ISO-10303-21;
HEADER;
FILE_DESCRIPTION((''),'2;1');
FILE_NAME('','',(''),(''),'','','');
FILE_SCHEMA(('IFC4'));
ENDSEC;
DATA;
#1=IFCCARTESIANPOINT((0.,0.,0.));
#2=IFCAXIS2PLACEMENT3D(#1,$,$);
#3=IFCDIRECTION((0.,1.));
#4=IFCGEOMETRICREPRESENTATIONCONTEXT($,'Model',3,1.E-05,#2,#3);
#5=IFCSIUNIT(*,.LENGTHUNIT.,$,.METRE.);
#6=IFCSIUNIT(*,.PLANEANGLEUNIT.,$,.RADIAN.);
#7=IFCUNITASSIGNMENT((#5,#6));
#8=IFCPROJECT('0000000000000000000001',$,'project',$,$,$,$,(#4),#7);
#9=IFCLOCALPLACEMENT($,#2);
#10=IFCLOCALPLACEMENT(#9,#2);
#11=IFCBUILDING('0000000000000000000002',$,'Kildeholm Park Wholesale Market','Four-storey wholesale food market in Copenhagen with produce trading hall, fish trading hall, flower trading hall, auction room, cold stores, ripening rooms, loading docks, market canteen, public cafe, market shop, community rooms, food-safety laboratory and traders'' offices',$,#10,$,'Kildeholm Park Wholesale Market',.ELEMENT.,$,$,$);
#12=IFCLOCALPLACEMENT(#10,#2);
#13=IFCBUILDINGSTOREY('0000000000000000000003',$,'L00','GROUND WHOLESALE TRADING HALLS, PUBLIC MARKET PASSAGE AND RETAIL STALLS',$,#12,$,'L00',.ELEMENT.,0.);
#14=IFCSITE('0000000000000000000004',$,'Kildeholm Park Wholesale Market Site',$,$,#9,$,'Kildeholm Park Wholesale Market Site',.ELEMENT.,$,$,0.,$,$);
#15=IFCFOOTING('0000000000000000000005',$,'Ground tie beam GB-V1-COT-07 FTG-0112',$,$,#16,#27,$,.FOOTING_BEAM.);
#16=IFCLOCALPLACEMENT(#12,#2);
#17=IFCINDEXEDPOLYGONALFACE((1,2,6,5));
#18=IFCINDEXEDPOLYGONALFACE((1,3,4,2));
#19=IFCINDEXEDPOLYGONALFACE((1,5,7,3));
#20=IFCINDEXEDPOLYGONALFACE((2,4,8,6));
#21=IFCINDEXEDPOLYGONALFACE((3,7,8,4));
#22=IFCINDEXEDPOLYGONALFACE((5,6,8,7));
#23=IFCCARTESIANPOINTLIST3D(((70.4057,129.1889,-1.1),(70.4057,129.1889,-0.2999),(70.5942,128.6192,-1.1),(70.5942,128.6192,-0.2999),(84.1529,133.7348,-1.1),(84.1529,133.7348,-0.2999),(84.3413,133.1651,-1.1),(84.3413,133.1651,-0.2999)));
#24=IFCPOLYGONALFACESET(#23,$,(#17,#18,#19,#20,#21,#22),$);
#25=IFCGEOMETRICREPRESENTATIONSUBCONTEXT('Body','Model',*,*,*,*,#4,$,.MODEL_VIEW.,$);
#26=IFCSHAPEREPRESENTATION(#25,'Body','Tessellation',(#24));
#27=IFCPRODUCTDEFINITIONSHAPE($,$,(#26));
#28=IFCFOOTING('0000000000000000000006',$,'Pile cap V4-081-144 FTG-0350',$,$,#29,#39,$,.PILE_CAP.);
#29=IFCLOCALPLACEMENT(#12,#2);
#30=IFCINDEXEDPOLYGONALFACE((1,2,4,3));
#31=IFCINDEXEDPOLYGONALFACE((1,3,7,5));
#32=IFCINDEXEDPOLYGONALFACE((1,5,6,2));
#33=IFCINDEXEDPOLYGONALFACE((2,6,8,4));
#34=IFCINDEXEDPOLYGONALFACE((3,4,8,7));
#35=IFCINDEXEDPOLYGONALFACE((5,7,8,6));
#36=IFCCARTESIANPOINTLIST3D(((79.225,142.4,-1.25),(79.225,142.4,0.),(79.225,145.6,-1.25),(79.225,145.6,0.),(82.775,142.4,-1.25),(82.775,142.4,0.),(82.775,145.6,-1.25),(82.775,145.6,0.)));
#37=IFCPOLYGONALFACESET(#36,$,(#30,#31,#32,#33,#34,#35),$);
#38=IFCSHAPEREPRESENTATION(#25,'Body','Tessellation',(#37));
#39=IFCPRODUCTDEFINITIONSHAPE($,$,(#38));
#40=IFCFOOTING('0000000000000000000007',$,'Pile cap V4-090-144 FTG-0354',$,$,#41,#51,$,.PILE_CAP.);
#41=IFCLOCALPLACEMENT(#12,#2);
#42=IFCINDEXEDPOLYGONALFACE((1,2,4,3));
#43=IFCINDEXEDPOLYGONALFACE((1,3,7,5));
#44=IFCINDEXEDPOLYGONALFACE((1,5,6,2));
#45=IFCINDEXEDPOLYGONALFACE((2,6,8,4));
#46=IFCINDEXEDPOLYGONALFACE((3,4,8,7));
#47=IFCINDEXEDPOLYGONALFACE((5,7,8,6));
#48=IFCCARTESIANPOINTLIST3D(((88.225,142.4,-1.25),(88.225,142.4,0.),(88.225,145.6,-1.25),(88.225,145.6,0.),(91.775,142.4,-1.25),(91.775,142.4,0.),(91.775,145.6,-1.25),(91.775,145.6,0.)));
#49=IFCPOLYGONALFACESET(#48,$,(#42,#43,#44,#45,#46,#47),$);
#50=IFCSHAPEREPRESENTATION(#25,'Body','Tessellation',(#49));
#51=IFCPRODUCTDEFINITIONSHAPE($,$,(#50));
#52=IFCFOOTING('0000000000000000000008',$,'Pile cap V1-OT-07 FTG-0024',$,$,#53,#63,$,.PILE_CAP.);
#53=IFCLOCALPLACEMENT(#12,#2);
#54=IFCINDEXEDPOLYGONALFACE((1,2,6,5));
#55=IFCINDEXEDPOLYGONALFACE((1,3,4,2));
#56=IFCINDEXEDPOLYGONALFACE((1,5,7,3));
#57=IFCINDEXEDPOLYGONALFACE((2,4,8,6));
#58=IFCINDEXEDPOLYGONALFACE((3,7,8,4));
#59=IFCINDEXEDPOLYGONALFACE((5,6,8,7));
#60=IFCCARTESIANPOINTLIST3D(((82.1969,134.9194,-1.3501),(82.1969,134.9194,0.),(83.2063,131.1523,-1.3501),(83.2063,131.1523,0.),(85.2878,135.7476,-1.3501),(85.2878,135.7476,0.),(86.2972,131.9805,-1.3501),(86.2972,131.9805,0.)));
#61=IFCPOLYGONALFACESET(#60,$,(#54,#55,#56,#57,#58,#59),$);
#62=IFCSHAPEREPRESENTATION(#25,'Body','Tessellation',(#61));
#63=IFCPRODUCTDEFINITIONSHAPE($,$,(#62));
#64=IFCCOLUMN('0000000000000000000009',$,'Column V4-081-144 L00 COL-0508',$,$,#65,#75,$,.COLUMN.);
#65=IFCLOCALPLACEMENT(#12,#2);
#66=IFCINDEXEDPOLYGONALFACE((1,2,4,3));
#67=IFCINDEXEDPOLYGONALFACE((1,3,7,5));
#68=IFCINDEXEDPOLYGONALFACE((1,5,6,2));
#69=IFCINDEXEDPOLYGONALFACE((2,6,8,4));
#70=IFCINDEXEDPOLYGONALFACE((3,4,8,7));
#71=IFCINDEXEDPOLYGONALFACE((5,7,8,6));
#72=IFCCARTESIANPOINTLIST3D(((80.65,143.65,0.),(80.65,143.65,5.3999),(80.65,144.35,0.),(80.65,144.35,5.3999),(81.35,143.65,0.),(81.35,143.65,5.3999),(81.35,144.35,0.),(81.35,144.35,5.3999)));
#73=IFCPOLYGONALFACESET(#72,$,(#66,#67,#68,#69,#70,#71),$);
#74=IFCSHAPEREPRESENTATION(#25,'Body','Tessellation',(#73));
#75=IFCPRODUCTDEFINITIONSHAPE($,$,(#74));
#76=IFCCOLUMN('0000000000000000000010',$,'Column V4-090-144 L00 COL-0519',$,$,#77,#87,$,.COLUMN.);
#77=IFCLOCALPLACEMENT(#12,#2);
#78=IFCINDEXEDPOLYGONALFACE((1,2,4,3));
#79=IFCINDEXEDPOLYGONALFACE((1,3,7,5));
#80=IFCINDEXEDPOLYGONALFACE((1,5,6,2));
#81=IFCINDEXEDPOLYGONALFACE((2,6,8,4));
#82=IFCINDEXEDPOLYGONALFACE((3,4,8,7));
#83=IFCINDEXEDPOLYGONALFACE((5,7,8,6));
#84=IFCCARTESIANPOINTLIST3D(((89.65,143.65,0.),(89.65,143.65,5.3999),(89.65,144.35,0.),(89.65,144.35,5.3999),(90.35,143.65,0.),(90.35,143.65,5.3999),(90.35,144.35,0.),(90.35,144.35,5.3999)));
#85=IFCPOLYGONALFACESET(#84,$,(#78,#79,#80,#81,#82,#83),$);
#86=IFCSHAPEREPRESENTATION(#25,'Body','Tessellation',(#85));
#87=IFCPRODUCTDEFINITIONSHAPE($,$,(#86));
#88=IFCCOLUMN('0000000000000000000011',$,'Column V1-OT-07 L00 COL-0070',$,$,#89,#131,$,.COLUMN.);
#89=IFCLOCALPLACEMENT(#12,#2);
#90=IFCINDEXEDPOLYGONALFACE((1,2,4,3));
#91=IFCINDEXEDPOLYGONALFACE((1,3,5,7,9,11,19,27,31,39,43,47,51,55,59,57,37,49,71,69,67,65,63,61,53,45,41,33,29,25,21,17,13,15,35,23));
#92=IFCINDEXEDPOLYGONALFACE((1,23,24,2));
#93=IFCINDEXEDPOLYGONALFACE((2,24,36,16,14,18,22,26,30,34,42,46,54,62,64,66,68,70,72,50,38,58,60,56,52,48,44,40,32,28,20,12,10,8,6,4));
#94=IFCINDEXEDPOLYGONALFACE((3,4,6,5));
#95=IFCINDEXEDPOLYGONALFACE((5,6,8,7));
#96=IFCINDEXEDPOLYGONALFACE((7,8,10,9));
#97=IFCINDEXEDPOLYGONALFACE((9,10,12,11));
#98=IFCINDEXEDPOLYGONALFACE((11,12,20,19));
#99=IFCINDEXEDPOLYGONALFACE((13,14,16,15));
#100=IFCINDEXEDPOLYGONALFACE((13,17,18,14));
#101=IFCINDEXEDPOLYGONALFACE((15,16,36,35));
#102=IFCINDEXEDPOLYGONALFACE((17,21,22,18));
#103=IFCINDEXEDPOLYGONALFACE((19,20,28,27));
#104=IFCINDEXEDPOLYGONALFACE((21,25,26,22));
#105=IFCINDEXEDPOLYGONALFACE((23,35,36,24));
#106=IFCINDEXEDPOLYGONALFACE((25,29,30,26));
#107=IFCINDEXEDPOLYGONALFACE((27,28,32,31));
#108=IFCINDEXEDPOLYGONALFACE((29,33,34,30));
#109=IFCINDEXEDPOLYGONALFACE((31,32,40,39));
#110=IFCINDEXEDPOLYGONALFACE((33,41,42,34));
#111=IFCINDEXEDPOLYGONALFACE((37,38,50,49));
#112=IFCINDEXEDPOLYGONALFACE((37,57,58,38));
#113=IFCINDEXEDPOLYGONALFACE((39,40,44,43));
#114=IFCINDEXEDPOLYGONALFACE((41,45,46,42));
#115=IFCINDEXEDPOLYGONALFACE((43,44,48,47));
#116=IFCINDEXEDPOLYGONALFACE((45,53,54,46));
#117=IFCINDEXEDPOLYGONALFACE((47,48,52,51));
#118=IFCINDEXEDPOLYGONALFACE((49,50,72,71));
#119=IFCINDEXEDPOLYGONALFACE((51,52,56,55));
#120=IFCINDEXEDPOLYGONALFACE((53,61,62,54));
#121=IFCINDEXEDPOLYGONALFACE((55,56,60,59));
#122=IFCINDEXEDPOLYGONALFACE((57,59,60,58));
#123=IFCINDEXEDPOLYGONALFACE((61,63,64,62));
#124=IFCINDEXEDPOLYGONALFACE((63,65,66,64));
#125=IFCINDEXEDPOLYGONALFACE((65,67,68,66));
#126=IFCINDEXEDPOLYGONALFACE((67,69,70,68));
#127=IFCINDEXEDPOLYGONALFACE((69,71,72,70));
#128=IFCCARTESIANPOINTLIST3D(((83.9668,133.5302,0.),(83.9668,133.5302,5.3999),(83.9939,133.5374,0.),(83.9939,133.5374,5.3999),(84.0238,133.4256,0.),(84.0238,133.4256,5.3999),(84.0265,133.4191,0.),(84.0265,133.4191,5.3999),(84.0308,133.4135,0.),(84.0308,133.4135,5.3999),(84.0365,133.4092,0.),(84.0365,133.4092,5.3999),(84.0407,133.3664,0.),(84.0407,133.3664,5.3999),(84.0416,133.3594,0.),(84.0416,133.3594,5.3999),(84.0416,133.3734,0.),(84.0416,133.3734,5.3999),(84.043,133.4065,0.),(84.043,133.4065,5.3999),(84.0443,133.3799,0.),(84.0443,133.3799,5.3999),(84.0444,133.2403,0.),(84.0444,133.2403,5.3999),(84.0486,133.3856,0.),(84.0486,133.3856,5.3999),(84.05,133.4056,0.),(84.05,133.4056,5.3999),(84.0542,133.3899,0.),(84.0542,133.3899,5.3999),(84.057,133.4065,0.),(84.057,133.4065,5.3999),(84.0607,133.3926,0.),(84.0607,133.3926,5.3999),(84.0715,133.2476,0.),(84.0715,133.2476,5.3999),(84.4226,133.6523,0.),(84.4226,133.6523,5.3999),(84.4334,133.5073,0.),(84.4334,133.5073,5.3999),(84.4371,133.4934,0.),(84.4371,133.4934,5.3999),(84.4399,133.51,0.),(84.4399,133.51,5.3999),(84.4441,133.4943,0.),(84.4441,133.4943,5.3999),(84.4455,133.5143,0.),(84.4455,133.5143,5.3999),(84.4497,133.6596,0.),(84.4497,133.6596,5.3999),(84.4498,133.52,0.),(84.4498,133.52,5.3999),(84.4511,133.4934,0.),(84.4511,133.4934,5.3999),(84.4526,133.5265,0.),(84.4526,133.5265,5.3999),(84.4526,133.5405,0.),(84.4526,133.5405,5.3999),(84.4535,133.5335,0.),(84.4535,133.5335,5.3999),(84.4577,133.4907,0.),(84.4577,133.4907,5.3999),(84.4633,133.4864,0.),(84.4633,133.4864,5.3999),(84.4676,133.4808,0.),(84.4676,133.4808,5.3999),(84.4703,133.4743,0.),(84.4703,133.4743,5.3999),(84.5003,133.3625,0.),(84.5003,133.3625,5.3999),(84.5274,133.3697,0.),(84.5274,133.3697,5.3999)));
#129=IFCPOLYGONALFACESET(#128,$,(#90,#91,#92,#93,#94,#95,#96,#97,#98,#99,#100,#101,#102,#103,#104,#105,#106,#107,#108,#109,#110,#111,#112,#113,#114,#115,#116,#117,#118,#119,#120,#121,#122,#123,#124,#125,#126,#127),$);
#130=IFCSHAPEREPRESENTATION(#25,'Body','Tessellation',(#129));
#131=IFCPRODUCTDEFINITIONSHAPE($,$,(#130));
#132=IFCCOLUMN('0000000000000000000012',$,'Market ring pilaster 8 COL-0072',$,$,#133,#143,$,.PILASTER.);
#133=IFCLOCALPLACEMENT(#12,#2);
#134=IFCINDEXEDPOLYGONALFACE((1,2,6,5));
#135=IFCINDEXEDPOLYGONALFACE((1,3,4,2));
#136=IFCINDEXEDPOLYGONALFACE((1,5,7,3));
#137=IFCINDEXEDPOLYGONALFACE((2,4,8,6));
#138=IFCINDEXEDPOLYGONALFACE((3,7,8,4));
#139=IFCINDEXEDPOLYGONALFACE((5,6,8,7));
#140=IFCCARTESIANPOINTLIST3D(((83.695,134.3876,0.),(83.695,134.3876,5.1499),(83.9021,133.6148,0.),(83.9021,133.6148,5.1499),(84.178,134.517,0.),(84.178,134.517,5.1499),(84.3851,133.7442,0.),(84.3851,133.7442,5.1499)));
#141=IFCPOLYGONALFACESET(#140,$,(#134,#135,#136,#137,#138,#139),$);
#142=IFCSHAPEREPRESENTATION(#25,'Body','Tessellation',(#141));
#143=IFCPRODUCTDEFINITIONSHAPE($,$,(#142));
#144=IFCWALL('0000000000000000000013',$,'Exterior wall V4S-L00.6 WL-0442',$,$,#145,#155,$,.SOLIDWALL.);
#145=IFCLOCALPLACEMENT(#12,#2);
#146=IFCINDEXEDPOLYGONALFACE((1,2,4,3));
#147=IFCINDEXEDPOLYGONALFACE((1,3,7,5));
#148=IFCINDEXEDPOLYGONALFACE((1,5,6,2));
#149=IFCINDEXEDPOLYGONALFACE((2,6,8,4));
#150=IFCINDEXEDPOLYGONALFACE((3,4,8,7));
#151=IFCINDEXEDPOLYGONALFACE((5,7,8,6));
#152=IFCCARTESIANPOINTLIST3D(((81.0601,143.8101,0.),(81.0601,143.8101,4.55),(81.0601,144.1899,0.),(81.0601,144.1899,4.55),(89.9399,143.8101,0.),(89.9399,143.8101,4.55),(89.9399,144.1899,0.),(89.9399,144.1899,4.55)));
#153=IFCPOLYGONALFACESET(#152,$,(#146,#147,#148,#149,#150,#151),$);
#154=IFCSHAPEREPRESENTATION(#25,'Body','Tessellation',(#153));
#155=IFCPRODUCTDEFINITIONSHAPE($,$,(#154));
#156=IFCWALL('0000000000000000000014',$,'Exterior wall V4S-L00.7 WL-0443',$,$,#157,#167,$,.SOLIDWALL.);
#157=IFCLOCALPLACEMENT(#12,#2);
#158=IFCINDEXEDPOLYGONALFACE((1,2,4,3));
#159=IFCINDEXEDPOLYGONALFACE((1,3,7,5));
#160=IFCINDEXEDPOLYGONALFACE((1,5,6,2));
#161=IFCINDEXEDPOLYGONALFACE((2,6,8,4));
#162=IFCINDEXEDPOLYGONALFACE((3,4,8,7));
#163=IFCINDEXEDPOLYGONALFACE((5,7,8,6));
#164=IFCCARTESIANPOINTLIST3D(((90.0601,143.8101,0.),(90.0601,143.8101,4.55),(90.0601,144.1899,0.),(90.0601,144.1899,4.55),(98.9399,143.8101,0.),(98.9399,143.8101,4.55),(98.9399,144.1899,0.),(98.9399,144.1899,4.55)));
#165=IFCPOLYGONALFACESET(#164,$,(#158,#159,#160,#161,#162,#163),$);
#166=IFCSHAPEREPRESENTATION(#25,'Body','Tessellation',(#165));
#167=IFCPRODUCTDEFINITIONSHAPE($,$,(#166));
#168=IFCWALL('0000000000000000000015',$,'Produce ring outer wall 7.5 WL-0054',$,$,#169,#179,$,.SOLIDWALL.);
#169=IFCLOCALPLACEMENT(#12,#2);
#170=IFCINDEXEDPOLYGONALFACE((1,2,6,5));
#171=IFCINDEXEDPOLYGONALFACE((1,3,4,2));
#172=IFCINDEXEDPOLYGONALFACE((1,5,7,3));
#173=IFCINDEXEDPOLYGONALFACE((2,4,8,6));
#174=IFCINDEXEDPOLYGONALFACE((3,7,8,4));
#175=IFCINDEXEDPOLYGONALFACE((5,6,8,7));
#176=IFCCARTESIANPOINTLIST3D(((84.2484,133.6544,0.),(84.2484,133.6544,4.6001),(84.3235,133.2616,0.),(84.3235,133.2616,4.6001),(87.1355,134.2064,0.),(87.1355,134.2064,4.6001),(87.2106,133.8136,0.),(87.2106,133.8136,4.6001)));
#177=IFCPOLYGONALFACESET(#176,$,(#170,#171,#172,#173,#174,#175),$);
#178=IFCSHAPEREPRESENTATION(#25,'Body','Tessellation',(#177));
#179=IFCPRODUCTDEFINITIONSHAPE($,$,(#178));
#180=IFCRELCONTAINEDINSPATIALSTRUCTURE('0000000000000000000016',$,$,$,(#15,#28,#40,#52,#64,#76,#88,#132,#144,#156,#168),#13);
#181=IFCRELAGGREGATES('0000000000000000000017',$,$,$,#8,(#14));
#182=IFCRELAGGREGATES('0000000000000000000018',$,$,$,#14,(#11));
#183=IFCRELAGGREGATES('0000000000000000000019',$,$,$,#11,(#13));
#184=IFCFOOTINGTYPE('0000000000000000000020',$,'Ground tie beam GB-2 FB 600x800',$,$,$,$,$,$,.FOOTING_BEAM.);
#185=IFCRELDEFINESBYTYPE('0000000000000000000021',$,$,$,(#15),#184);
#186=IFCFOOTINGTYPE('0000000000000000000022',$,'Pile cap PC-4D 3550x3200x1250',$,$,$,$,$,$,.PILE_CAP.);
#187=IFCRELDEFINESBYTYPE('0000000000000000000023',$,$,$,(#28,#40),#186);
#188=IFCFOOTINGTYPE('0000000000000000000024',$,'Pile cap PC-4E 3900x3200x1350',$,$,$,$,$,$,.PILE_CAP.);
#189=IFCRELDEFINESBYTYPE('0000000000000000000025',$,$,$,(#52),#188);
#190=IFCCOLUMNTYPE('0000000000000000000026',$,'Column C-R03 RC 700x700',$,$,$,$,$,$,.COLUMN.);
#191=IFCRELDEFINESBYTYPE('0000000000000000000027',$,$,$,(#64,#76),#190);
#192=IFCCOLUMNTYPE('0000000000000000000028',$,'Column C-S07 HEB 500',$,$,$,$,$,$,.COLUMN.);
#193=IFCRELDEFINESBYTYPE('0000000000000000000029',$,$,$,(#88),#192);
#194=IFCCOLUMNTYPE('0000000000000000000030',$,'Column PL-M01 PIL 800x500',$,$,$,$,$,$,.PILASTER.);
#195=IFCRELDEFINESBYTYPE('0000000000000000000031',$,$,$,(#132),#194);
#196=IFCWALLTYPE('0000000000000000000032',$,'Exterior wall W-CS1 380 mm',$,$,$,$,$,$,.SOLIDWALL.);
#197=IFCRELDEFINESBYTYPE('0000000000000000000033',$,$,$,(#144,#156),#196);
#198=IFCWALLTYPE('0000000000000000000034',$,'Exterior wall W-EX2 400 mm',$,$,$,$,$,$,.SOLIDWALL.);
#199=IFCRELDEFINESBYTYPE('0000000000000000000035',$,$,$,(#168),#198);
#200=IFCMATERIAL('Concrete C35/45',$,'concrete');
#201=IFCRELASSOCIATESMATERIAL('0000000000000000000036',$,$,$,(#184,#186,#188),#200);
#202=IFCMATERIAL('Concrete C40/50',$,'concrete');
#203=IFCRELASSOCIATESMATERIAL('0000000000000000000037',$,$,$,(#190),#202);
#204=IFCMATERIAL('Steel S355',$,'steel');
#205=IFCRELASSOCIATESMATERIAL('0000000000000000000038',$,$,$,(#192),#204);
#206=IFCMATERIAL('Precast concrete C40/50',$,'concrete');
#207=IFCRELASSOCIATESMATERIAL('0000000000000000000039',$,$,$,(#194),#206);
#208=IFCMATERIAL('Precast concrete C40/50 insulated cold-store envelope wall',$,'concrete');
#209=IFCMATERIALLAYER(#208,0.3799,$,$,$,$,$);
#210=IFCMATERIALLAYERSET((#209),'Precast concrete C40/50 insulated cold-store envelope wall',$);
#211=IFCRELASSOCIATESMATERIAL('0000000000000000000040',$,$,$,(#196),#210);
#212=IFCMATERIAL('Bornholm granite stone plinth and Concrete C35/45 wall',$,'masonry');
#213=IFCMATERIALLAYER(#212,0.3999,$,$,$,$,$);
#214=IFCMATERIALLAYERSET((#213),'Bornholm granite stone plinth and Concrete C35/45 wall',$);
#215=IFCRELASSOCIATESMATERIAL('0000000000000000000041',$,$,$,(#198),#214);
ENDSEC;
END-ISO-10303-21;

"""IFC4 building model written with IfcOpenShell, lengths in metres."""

from ifc_helpers import new_model, si_unit, direction, frame, frame_2d, origin, origin_2d, place, context, subcontext, project, spatial, rectangle, i_section, extrude, material, layer, layer_set, material_profile, profile_set, type_object, element, save


model = new_model("IFC4")

# Units and contexts
model_context = context("Model", 3, precision=1e-05, world=origin(), true_north=direction((0.0, 1.0)))
body_context = subcontext(model_context, "Body", "Model", "MODEL_VIEW")
ifc_project = project(units=[si_unit("LENGTHUNIT", "METRE"), si_unit("PLANEANGLEUNIT", "RADIAN")], contexts=[model_context])

# Site, building, storey
site_placement = place(None, origin())
site = spatial("IfcSite", under=ifc_project, at=site_placement, Name="Kildeholm Park Wholesale Market Site", LongName="Kildeholm Park Wholesale Market Site", CompositionType="ELEMENT", RefElevation=0.0)
building_placement = place(site_placement, origin())
building = spatial("IfcBuilding", under=site, at=building_placement, Name="Kildeholm Park Wholesale Market", Description="Four-storey wholesale food market in Copenhagen with produce trading hall, fish trading hall, flower trading hall, auction room, cold stores, ripening rooms, loading docks, market canteen, public cafe, market shop, community rooms, food-safety laboratory and traders' offices", LongName="Kildeholm Park Wholesale Market", CompositionType="ELEMENT")
storey_placement = place(building_placement, origin())
storey = spatial("IfcBuildingStorey", under=building, at=storey_placement, Name="L00", Description="GROUND WHOLESALE TRADING HALLS, PUBLIC MARKET PASSAGE AND RETAIL STALLS", LongName="L00", CompositionType="ELEMENT", Elevation=0.0)

# Shared definitions
ifc_material_1 = material(Name="Concrete C35/45", Category="concrete")

# Footings
ifc_material_profile_1 = material_profile(ifc_material_1, rectangle(XDim=0.6001, YDim=0.8, at=origin_2d()), Name="FB 600x800")
ifc_profile_set_1 = profile_set([ifc_material_profile_1], Name="Concrete C35/45")
footing_type_1 = type_object("IfcFootingType", Name="Ground tie beam GB-2 FB 600x800", PredefinedType="FOOTING_BEAM", material=ifc_profile_set_1)
footing_1_placement = place(storey_placement, frame((84.2471, 133.45, -0.7), z_axis=(-0.949436, -0.313961, 0.0), x_axis=(0.313961, -0.949436, 0.0)))
element("IfcFooting", 1, at=footing_1_placement, inside=storey, type_object=footing_type_1, Name="Ground tie beam GB-V1-COT-07 FTG-0112", PredefinedType="FOOTING_BEAM", context=body_context, shape_type="SweptSolid", body=[
    extrude(rectangle(XDim=0.6001, YDim=0.8, at=origin_2d()), origin(), (0.0, 0.0, 1.0), 14.4792),
])
footing_type_2 = type_object("IfcFootingType", Name="Pile cap PC-4D 3550x3200x1250", PredefinedType="PILE_CAP", material=ifc_material_1)
for number, where, z_axis, x_axis, name in (
    (2, (81.0, 144.0, -1.25), (0.0, 0.0, 1.0), (1.0, 0.0, 0.0), "Pile cap V4-081-144 FTG-0350"),
    (3, (90.0, 144.0, -1.25), (0.0, 0.0, 1.0), (1.0, 0.0, 0.0), "Pile cap V4-090-144 FTG-0354"),
):
    element("IfcFooting", number, at=place(storey_placement, frame(where, z_axis=z_axis, x_axis=x_axis)), inside=storey, type_object=footing_type_2, Name=name, PredefinedType="PILE_CAP", context=body_context, shape_type="SweptSolid", body=[
        extrude(rectangle(XDim=3.55, YDim=3.2, at=origin_2d()), origin(), (0.0, 0.0, 1.0), 1.25),
    ])
footing_type_3 = type_object("IfcFootingType", Name="Pile cap PC-4E 3900x3200x1350", PredefinedType="PILE_CAP", material=ifc_material_1)
footing_2_placement = place(storey_placement, frame((84.2471, 133.45, -1.3501), z_axis=(0.0, 0.0, 1.0), x_axis=(-0.258819, 0.965926, 0.0)))
element("IfcFooting", 4, at=footing_2_placement, inside=storey, type_object=footing_type_3, Name="Pile cap V1-OT-07 FTG-0024", PredefinedType="PILE_CAP", context=body_context, shape_type="SweptSolid", body=[
    extrude(rectangle(XDim=3.8999, YDim=3.2, at=origin_2d()), origin(), (0.0, 0.0, 1.0), 1.3501),
])

# Columns
ifc_material_2 = material(Name="Concrete C40/50", Category="concrete")
ifc_material_profile_2 = material_profile(ifc_material_2, rectangle(XDim=0.7, YDim=0.7, at=origin_2d()), Name="RC 700x700")
ifc_profile_set_2 = profile_set([ifc_material_profile_2], Name="Concrete C40/50")
column_type_1 = type_object("IfcColumnType", Name="Column C-R03 RC 700x700", PredefinedType="COLUMN", material=ifc_profile_set_2)
for number, where, z_axis, x_axis, name in (
    (5, (81.0, 144.0, 0.0), (0.0, 0.0, 1.0), (1.0, 0.0, 0.0), "Column V4-081-144 L00 COL-0508"),
    (6, (90.0, 144.0, 0.0), (0.0, 0.0, 1.0), (1.0, 0.0, 0.0), "Column V4-090-144 L00 COL-0519"),
):
    element("IfcColumn", number, at=place(storey_placement, frame(where, z_axis=z_axis, x_axis=x_axis)), inside=storey, type_object=column_type_1, Name=name, PredefinedType="COLUMN", context=body_context, shape_type="SweptSolid", body=[
        extrude(rectangle(XDim=0.7, YDim=0.7, at=origin_2d()), origin(), (0.0, 0.0, 1.0), 5.3999),
    ])
ifc_material_3 = material(Name="Steel S355", Category="steel")
ifc_material_profile_3 = material_profile(ifc_material_3, i_section(OverallWidth=0.3, OverallDepth=0.5, WebThickness=0.0144, FlangeThickness=0.0281, FilletRadius=0.0271, at=origin_2d()), Name="HEB 500")
ifc_profile_set_3 = profile_set([ifc_material_profile_3], Name="Steel S355")
column_type_2 = type_object("IfcColumnType", Name="Column C-S07 HEB 500", PredefinedType="COLUMN", material=ifc_profile_set_3)
column_1_placement = place(storey_placement, frame((84.2471, 133.45, 0.0), z_axis=(0.0, 0.0, 1.0), x_axis=(-0.258819, 0.965926, 0.0)))
element("IfcColumn", 7, at=column_1_placement, inside=storey, type_object=column_type_2, Name="Column V1-OT-07 L00 COL-0070", PredefinedType="COLUMN", context=body_context, shape_type="SweptSolid", body=[
    extrude(i_section(OverallWidth=0.3, OverallDepth=0.5, WebThickness=0.0144, FlangeThickness=0.0281, FilletRadius=0.0271, at=origin_2d()), origin(), (0.0, 0.0, 1.0), 5.3999),
])
ifc_material_4 = material(Name="Precast concrete C40/50", Category="concrete")
ifc_material_profile_4 = material_profile(ifc_material_4, rectangle(XDim=0.8, YDim=0.5, at=origin_2d()), Name="PIL 800x500")
ifc_profile_set_4 = profile_set([ifc_material_profile_4], Name="Precast concrete C40/50")
column_type_3 = type_object("IfcColumnType", Name="Column PL-M01 PIL 800x500", PredefinedType="PILASTER", material=ifc_profile_set_4)
column_2_placement = place(storey_placement, frame((84.04, 134.0659, 0.0), z_axis=(0.0, 0.0, 1.0), x_axis=(-0.258819, 0.965926, 0.0)))
element("IfcColumn", 8, at=column_2_placement, inside=storey, type_object=column_type_3, Name="Market ring pilaster 8 COL-0072", PredefinedType="PILASTER", context=body_context, shape_type="SweptSolid", body=[
    extrude(rectangle(XDim=0.8, YDim=0.5, at=origin_2d()), origin(), (0.0, 0.0, 1.0), 5.1499),
])

# Walls
ifc_material_5 = material(Name="Precast concrete C40/50 insulated cold-store envelope wall", Category="concrete")
ifc_layer_1 = layer(ifc_material_5, 0.3799)
ifc_layer_set_1 = layer_set([ifc_layer_1], Name="Precast concrete C40/50 insulated cold-store envelope wall")
wall_type_1 = type_object("IfcWallType", Name="Exterior wall W-CS1 380 mm", PredefinedType="SOLIDWALL", material=ifc_layer_set_1)
for number, where, z_axis, x_axis, name in (
    (9, (81.0601, 144.0, 0.0), (0.0, 0.0, 1.0), (1.0, 0.0, 0.0), "Exterior wall V4S-L00.6 WL-0442"),
    (10, (90.0601, 144.0, 0.0), (0.0, 0.0, 1.0), (1.0, 0.0, 0.0), "Exterior wall V4S-L00.7 WL-0443"),
):
    element("IfcWall", number, at=place(storey_placement, frame(where, z_axis=z_axis, x_axis=x_axis)), inside=storey, type_object=wall_type_1, Name=name, PredefinedType="SOLIDWALL", context=body_context, shape_type="SweptSolid", body=[
        extrude(rectangle(XDim=8.8799, YDim=0.3799, at=frame_2d((4.4399, 0.0))), origin(), (0.0, 0.0, 1.0), 4.55),
    ])
ifc_material_6 = material(Name="Bornholm granite stone plinth and Concrete C35/45 wall", Category="masonry")
ifc_layer_2 = layer(ifc_material_6, 0.3999)
ifc_layer_set_2 = layer_set([ifc_layer_2], Name="Bornholm granite stone plinth and Concrete C35/45 wall")
wall_type_2 = type_object("IfcWallType", Name="Exterior wall W-EX2 400 mm", PredefinedType="SOLIDWALL", material=ifc_layer_set_2)
wall_1_placement = place(storey_placement, frame((87.1731, 134.01, 0.0), z_axis=(0.0, 0.0, 1.0), x_axis=(-0.98221, -0.187788, 0.0)))
element("IfcWall", 11, at=wall_1_placement, inside=storey, type_object=wall_type_2, Name="Produce ring outer wall 7.5 WL-0054", PredefinedType="SOLIDWALL", context=body_context, shape_type="SweptSolid", body=[
    extrude(rectangle(XDim=2.9395, YDim=0.3999, at=frame_2d((1.4697, 0.0))), origin(), (0.0, 0.0, 1.0), 4.6001),
])

save(model, "model.ifc")
